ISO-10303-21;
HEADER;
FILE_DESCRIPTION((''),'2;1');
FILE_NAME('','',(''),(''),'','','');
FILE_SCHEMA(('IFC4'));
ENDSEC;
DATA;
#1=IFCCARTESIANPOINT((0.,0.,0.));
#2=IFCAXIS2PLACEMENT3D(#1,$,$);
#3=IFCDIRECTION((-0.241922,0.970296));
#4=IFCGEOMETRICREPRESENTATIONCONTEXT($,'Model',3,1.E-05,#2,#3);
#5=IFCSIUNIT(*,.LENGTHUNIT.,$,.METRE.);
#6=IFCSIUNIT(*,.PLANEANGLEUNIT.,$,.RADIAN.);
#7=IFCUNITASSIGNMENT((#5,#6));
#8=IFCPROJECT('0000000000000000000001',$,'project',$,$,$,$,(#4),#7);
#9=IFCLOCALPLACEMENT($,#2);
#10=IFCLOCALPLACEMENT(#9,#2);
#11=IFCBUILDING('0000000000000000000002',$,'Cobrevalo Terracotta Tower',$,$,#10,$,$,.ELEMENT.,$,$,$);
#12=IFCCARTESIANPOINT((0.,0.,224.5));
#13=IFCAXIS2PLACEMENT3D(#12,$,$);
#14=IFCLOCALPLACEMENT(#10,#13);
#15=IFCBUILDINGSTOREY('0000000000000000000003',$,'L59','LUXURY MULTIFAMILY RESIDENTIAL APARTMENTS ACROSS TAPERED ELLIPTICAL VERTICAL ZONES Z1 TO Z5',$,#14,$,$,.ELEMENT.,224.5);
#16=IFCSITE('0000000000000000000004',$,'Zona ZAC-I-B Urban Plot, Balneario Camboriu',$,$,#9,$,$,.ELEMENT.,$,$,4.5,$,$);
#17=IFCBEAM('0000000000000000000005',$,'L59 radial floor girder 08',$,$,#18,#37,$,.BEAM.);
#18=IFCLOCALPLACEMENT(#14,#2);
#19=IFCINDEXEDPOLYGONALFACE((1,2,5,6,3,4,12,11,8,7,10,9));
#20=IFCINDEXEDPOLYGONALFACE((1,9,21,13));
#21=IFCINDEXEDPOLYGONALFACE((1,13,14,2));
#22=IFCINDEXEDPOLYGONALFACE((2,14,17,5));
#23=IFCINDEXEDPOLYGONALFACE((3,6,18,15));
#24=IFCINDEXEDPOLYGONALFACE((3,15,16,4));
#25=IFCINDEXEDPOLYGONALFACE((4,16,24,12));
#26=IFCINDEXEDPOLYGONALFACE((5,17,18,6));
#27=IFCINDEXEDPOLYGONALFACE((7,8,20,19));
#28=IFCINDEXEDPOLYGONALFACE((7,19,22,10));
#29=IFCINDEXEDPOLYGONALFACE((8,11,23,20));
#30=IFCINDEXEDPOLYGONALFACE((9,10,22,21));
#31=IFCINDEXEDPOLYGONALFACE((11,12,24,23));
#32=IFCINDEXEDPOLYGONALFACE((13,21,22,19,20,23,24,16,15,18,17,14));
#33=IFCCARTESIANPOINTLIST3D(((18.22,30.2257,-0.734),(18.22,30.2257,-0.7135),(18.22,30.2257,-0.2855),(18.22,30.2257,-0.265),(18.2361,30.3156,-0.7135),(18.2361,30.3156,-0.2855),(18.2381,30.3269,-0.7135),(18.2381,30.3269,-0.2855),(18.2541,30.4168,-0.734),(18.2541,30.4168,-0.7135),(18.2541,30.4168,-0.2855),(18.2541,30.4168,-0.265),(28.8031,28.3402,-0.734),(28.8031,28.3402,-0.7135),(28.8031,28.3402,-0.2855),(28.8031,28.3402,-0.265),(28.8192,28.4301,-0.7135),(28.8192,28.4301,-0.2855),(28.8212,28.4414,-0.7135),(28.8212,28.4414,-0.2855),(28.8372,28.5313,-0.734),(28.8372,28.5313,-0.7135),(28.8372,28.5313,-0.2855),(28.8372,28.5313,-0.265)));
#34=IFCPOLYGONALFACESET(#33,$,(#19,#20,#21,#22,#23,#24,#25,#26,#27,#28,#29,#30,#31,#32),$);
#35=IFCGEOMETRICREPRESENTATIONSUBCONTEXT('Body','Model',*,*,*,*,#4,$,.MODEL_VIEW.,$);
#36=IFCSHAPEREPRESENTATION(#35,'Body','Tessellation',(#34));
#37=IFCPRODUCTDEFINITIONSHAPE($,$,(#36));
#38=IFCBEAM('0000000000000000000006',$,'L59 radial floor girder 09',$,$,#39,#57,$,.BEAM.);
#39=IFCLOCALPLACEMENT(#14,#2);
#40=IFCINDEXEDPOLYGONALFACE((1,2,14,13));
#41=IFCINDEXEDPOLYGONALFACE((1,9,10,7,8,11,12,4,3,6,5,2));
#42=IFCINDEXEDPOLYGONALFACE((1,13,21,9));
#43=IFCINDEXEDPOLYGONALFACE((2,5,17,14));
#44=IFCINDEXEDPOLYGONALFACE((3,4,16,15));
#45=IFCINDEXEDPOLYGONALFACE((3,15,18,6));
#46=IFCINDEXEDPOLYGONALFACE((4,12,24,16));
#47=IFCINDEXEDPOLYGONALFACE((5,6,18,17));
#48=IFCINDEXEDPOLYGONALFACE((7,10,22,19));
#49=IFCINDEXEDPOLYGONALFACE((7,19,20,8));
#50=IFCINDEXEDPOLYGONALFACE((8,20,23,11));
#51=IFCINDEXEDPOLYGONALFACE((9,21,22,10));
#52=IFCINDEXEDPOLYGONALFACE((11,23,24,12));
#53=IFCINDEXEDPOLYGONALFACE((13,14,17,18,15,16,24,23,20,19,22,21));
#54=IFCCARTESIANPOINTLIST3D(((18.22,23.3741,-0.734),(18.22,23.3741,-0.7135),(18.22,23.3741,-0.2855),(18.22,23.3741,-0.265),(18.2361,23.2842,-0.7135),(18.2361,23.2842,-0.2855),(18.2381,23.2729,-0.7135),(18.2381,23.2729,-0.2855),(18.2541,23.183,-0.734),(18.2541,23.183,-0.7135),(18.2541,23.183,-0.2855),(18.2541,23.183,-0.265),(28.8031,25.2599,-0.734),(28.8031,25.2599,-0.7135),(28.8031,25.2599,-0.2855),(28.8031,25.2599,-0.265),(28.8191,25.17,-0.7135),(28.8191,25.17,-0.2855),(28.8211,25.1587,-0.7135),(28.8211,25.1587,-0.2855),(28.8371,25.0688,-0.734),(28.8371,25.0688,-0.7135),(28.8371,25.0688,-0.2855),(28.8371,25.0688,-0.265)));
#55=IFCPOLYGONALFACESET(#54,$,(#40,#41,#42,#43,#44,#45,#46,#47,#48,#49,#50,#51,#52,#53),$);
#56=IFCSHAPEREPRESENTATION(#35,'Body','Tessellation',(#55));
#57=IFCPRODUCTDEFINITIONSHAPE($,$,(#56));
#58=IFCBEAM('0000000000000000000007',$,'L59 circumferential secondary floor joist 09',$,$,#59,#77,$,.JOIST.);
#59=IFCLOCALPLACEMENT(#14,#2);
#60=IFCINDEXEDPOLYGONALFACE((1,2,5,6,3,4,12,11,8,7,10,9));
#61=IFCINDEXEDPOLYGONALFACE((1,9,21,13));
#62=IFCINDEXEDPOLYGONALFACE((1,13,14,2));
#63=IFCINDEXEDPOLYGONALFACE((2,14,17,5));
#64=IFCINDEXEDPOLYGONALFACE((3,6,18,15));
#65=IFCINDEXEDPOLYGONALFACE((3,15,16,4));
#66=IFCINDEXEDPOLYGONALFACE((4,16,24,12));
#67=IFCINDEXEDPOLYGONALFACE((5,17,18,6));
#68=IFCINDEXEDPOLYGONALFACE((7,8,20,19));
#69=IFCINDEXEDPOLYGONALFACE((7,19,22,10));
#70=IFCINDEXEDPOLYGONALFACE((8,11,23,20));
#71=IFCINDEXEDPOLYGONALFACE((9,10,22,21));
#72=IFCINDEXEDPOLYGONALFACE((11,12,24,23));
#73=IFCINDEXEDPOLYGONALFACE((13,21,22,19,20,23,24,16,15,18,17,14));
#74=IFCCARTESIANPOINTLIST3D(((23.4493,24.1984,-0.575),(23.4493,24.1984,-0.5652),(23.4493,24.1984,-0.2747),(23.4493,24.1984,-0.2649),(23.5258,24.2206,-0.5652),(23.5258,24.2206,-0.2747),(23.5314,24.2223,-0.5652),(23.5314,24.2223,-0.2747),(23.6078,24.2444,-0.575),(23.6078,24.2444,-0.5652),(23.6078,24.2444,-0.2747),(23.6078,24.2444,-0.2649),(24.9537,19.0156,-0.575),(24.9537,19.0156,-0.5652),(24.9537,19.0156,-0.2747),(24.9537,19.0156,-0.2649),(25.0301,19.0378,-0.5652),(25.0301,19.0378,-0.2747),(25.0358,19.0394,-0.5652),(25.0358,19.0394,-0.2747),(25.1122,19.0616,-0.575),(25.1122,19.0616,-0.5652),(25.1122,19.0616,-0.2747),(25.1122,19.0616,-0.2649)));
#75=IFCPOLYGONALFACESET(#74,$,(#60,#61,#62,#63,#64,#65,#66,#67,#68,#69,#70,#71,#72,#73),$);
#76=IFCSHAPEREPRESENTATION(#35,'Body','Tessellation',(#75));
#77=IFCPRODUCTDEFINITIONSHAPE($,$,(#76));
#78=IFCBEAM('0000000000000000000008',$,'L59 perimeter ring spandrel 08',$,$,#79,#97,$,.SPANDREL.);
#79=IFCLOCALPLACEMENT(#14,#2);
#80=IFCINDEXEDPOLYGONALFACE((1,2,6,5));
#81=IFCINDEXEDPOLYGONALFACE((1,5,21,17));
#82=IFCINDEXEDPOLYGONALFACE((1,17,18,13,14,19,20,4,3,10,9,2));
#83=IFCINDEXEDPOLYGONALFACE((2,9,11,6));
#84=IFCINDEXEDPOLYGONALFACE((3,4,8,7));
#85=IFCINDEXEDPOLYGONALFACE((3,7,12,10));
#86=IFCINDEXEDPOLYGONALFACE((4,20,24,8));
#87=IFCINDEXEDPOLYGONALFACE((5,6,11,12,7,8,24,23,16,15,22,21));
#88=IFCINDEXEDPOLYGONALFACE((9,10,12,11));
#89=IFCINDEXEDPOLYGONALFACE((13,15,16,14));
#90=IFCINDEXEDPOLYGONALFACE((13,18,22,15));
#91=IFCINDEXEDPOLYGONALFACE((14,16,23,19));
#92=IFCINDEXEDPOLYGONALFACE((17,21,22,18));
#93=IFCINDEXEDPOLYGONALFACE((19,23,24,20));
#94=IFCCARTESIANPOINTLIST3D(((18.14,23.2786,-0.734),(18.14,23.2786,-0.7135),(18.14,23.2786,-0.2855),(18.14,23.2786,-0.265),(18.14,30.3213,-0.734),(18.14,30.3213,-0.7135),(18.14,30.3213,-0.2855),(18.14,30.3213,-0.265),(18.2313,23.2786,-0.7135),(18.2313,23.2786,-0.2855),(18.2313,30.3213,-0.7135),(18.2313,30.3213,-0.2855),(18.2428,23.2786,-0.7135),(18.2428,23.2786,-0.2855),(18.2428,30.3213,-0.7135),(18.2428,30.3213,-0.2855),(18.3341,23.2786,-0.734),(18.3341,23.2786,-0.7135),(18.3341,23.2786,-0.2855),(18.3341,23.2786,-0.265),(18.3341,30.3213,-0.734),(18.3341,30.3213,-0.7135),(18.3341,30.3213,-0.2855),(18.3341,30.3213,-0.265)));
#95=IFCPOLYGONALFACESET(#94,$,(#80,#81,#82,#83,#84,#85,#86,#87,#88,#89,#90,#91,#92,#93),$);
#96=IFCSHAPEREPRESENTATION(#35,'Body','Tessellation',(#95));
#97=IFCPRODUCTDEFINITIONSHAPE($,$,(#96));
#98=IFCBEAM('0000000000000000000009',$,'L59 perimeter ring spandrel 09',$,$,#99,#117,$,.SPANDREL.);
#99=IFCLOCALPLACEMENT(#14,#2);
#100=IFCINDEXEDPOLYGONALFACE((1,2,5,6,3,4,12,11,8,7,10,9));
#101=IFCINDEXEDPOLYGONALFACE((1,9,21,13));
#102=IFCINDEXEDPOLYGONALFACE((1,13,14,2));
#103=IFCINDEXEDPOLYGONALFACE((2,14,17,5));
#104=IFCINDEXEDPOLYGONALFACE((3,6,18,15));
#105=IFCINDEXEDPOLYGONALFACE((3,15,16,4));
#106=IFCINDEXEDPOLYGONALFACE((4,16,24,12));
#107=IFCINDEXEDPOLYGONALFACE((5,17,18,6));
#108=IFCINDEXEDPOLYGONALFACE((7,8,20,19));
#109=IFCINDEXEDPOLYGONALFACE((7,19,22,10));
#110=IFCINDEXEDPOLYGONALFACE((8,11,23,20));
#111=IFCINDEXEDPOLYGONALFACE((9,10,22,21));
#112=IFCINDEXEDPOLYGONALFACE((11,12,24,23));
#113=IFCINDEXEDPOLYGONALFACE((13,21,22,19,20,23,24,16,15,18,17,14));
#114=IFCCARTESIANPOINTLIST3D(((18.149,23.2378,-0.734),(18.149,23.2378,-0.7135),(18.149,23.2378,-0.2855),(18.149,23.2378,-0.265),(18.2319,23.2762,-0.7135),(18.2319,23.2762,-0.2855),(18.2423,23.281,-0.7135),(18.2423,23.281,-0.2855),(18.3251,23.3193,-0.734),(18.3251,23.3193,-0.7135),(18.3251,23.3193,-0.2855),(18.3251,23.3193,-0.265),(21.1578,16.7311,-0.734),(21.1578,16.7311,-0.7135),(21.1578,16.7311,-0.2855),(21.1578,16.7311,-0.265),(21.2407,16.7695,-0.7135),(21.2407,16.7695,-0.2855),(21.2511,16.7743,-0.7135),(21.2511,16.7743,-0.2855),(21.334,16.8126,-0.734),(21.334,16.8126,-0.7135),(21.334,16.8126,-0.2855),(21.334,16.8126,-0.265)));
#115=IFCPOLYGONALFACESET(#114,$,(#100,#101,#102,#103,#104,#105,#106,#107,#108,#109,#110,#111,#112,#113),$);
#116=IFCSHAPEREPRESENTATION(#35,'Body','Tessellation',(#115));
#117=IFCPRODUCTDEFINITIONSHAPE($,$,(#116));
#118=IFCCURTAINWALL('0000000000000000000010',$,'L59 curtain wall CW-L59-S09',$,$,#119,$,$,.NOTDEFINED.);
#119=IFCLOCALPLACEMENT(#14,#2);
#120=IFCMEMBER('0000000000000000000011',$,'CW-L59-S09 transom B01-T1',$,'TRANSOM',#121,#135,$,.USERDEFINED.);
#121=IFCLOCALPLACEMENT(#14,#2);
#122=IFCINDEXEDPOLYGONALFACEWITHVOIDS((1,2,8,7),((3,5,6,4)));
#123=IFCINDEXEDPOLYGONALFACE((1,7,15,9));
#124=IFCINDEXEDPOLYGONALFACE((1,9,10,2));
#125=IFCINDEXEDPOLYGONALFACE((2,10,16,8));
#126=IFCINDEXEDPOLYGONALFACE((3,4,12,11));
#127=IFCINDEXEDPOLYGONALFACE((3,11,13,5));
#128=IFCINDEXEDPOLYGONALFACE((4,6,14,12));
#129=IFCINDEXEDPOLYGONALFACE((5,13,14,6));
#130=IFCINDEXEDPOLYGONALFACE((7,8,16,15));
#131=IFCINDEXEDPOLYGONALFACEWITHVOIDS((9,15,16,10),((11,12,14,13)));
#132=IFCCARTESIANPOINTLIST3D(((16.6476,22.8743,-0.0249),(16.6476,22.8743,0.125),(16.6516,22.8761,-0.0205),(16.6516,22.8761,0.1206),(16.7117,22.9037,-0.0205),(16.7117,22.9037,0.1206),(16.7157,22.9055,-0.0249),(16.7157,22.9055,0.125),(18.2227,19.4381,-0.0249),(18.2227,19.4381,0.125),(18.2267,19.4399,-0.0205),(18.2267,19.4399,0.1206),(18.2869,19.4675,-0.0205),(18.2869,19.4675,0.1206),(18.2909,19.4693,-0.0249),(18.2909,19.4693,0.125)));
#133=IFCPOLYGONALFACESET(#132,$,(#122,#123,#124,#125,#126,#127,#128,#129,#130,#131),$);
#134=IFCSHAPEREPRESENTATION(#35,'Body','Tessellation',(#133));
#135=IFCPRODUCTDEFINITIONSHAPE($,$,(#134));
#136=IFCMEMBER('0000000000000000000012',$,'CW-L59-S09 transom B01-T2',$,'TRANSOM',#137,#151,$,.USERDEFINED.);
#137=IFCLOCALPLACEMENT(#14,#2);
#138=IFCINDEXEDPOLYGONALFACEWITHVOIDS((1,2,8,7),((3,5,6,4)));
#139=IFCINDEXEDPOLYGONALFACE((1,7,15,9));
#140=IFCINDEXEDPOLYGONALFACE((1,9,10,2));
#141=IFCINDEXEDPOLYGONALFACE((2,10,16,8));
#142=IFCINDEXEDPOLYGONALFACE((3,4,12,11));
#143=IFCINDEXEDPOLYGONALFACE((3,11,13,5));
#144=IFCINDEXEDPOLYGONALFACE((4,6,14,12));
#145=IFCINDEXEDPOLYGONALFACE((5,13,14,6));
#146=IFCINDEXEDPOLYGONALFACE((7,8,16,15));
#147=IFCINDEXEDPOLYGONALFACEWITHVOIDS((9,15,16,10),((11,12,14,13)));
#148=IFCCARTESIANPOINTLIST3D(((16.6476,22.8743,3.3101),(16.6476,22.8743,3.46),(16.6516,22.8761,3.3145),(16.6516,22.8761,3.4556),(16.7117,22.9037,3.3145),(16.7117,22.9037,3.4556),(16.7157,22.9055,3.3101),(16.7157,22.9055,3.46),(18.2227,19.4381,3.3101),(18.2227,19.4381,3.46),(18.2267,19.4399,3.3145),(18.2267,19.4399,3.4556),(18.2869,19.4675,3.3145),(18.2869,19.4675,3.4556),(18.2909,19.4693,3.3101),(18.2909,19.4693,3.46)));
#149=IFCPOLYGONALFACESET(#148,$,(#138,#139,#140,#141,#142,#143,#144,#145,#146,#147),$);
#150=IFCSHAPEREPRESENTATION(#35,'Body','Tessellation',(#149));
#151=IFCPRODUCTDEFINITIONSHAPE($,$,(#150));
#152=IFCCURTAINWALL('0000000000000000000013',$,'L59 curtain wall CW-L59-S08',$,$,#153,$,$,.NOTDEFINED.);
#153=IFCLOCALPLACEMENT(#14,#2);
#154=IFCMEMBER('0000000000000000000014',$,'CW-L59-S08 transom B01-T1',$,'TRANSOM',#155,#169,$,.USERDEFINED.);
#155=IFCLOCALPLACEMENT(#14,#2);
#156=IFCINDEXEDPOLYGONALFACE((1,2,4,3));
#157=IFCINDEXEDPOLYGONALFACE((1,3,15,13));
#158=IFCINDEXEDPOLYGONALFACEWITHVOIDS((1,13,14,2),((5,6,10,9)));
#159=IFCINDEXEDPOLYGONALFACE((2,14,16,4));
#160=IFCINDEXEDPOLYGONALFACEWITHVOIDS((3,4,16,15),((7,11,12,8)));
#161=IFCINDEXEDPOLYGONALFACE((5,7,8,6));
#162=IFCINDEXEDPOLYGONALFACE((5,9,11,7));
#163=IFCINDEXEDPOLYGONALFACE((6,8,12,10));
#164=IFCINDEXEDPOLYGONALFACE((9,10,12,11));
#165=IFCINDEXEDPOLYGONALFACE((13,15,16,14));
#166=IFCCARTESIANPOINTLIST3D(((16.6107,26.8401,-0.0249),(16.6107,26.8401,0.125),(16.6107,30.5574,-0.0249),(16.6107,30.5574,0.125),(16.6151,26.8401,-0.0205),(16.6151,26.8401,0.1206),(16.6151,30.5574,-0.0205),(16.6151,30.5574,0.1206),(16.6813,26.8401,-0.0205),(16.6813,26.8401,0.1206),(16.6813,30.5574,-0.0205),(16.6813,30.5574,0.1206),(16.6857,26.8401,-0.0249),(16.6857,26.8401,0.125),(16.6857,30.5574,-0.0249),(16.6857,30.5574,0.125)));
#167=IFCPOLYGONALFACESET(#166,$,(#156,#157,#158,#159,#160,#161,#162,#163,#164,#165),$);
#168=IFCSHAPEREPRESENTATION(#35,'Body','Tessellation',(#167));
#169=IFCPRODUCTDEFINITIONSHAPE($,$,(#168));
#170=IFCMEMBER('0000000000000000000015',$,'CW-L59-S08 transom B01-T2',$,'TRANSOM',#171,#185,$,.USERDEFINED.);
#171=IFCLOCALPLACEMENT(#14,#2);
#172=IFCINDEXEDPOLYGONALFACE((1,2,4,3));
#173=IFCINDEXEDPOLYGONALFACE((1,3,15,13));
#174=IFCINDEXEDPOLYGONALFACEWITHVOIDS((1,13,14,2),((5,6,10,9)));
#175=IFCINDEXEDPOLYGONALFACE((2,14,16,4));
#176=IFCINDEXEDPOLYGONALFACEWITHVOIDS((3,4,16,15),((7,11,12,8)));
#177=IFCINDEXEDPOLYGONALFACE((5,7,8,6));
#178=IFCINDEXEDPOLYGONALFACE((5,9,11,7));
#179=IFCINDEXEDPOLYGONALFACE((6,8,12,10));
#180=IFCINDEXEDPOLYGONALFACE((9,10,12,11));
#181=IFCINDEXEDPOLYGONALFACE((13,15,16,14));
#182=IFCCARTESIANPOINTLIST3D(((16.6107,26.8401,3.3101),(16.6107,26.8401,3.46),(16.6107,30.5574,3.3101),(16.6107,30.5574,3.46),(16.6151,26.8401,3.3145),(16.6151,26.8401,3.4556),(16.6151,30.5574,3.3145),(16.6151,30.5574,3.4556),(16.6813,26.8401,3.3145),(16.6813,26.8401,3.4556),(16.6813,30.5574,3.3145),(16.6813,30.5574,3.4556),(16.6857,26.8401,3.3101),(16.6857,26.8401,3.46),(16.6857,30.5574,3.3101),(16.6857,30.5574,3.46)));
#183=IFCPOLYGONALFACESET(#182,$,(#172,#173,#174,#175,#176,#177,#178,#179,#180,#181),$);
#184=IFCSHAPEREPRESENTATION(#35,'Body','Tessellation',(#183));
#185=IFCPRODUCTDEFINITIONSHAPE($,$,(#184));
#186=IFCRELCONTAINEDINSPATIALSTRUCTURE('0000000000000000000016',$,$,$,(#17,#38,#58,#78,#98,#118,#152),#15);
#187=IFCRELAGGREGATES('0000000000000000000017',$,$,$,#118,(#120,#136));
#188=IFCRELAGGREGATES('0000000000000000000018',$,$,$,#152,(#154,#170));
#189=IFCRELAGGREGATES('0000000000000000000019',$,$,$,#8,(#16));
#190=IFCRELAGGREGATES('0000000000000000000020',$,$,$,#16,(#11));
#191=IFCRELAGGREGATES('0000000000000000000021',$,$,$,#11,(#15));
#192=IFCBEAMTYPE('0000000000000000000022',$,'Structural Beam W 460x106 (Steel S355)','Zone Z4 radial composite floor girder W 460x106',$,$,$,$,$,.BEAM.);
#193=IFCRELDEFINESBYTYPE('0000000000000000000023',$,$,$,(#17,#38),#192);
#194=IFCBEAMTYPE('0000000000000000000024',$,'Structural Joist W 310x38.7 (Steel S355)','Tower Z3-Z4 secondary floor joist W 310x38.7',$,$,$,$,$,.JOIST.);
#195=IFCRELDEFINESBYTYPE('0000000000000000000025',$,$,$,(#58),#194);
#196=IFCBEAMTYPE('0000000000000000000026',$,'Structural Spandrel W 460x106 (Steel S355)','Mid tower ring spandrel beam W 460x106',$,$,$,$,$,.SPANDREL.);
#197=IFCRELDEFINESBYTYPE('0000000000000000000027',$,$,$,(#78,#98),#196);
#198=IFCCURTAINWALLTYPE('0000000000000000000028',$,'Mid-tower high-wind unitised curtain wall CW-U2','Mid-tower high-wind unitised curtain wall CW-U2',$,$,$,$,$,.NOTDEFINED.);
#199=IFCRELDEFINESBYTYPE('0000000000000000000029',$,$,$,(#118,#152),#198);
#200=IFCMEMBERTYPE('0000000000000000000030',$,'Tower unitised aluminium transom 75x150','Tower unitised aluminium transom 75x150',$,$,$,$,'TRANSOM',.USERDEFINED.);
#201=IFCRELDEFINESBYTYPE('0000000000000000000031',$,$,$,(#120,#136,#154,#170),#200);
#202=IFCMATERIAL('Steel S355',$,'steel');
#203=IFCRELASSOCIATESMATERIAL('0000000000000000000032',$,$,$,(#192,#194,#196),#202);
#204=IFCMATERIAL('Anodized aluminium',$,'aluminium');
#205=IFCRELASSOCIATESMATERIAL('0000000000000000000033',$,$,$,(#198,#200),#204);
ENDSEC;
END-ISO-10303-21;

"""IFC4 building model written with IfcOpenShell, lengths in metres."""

from ifc_helpers import new_model, si_unit, direction, frame, origin, origin_2d, place, context, subcontext, project, spatial, hollow_rectangle, i_section, extrude, source, transform, mapped, material, material_profile, profile_set, type_object, element, aggregate, save


model = new_model("IFC4")

# Units and contexts
model_context = context("Model", 3, precision=1e-05, world=origin(), true_north=direction((-0.241922, 0.970296)))
body_context = subcontext(model_context, "Body", "Model", "MODEL_VIEW")
ifc_project = project(units=[si_unit("LENGTHUNIT", "METRE"), si_unit("PLANEANGLEUNIT", "RADIAN")], contexts=[model_context])

# Site, building, storey
site_placement = place(None, origin())
site = spatial("IfcSite", under=ifc_project, at=site_placement, Name="Zona ZAC-I-B Urban Plot, Balneario Camboriu", CompositionType="ELEMENT", RefElevation=4.5)
building_placement = place(site_placement, origin())
building = spatial("IfcBuilding", under=site, at=building_placement, Name="Cobrevalo Terracotta Tower", CompositionType="ELEMENT")
storey_placement = place(building_placement, frame((0.0, 0.0, 224.5)))
storey = spatial("IfcBuildingStorey", under=building, at=storey_placement, Name="L59", Description="LUXURY MULTIFAMILY RESIDENTIAL APARTMENTS ACROSS TAPERED ELLIPTICAL VERTICAL ZONES Z1 TO Z5", CompositionType="ELEMENT", Elevation=224.5)

# Shared definitions
ifc_material_1 = material(Name="Steel S355", Category="steel")

# Beams
ifc_material_profile_1 = material_profile(ifc_material_1, i_section(OverallWidth=0.1941, OverallDepth=0.469, WebThickness=0.0115, FlangeThickness=0.0205, at=origin_2d()), Name="W 460x106")
ifc_profile_set_1 = profile_set([ifc_material_profile_1], Name="Steel S355")
beam_type_1 = type_object("IfcBeamType", Name="Structural Beam W 460x106 (Steel S355)", Description="Zone Z4 radial composite floor girder W 460x106", PredefinedType="BEAM", material=ifc_profile_set_1)
for number, where, z_axis, x_axis, name in (
    (1, (18.2371, 30.3213, -0.4995), (0.984497, -0.175401, 0.0), (0.175401, 0.984497, 0.0), "L59 radial floor girder 08"),
    (2, (18.2371, 23.2786, -0.4995), (0.984493, 0.175423, 0.0), (-0.175423, 0.984493, 0.0), "L59 radial floor girder 09"),
):
    element("IfcBeam", number, at=place(storey_placement, frame(where, z_axis=z_axis, x_axis=x_axis)), inside=storey, type_object=beam_type_1, Name=name, PredefinedType="BEAM", context=body_context, shape_type="SweptSolid", body=[
        extrude(i_section(OverallWidth=0.1941, OverallDepth=0.469, WebThickness=0.0115, FlangeThickness=0.0205, at=origin_2d()), origin(), (0.0, 0.0, 1.0), 10.7498),
    ])
ifc_material_profile_2 = material_profile(ifc_material_1, i_section(OverallWidth=0.165, OverallDepth=0.3101, WebThickness=0.0059, FlangeThickness=0.0098, at=origin_2d()), Name="W 310x38.7")
ifc_profile_set_2 = profile_set([ifc_material_profile_2], Name="Steel S355")
beam_type_2 = type_object("IfcBeamType", Name="Structural Joist W 310x38.7 (Steel S355)", Description="Tower Z3-Z4 secondary floor joist W 310x38.7", PredefinedType="JOIST", material=ifc_profile_set_2)
beam_1_placement = place(storey_placement, frame((23.5286, 24.2214, -0.4199), z_axis=(0.278758, -0.960361, 0.0), x_axis=(0.960361, 0.278758, 0.0)))
element("IfcBeam", 3, at=beam_1_placement, inside=storey, type_object=beam_type_2, Name="L59 circumferential secondary floor joist 09", PredefinedType="JOIST", context=body_context, shape_type="SweptSolid", body=[
    extrude(i_section(OverallWidth=0.165, OverallDepth=0.3101, WebThickness=0.0059, FlangeThickness=0.0098, at=origin_2d()), origin(), (0.0, 0.0, 1.0), 5.3967),
])
ifc_material_profile_3 = material_profile(ifc_material_1, i_section(OverallWidth=0.1941, OverallDepth=0.469, WebThickness=0.0115, FlangeThickness=0.0205, at=origin_2d()), Name="W 460x106")
ifc_profile_set_3 = profile_set([ifc_material_profile_3], Name="Steel S355")
beam_type_3 = type_object("IfcBeamType", Name="Structural Spandrel W 460x106 (Steel S355)", Description="Mid tower ring spandrel beam W 460x106", PredefinedType="SPANDREL", material=ifc_profile_set_3)
beam_2_placement = place(storey_placement, frame((18.2371, 30.3213, -0.4995), z_axis=(0.0, -1.0, 0.0), x_axis=(1.0, 0.0, 0.0)))
element("IfcBeam", 4, at=beam_2_placement, inside=storey, type_object=beam_type_3, Name="L59 perimeter ring spandrel 08", PredefinedType="SPANDREL", context=body_context, shape_type="SweptSolid", body=[
    extrude(i_section(OverallWidth=0.1941, OverallDepth=0.469, WebThickness=0.0115, FlangeThickness=0.0205, at=origin_2d()), origin(), (0.0, 0.0, 1.0), 7.0427),
])
beam_3_placement = place(storey_placement, frame((18.2371, 23.2786, -0.4995), z_axis=(0.419719, -0.907654, 0.0), x_axis=(0.907654, 0.419719, 0.0)))
element("IfcBeam", 5, at=beam_3_placement, inside=storey, type_object=beam_type_3, Name="L59 perimeter ring spandrel 09", PredefinedType="SPANDREL", context=body_context, shape_type="SweptSolid", body=[
    extrude(i_section(OverallWidth=0.1941, OverallDepth=0.469, WebThickness=0.0115, FlangeThickness=0.0205, at=origin_2d()), origin(), (0.0, 0.0, 1.0), 7.1687),
])

# Curtain walls, members
ifc_material_2 = material(Name="Anodized aluminium", Category="aluminium")
curtain_wall_type = type_object("IfcCurtainWallType", Name="Mid-tower high-wind unitised curtain wall CW-U2", Description="Mid-tower high-wind unitised curtain wall CW-U2", PredefinedType="NOTDEFINED", material=ifc_material_2)
curtain_wall_1_placement = place(storey_placement, origin())
curtain_wall_1 = element("IfcCurtainWall", 6, at=curtain_wall_1_placement, inside=storey, type_object=curtain_wall_type, Name="L59 curtain wall CW-L59-S09", PredefinedType="NOTDEFINED")
ifc_material_profile_4 = material_profile(ifc_material_2, hollow_rectangle(XDim=0.075, YDim=0.1499, WallThickness=0.0044, at=origin_2d()), Name="CWT 75x150")
ifc_profile_set_4 = profile_set([ifc_material_profile_4], Name="Anodized aluminium")
member_type_1 = type_object("IfcMemberType", Name="Tower unitised aluminium transom 75x150", Description="Tower unitised aluminium transom 75x150", ElementType="TRANSOM", PredefinedType="USERDEFINED", material=ifc_profile_set_4)
shared_shape_1 = source(origin(), body_context, "Body", "SweptSolid", [
    extrude(hollow_rectangle(XDim=0.075, YDim=0.1499, WallThickness=0.0044, at=origin_2d()), origin(), (0.0, 0.0, 1.0), 3.78),
])
member_1_placement = place(storey_placement, frame((16.6816, 22.8899, 0.05), z_axis=(0.416706, -0.909041, 0.0), x_axis=(0.909041, 0.416706, 0.0)))
member_1 = element("IfcMember", 7, at=member_1_placement, type_object=member_type_1, Name="CW-L59-S09 transom B01-T1", ObjectType="TRANSOM", PredefinedType="USERDEFINED", context=body_context, shape_type="MappedRepresentation", body=[
    mapped(shared_shape_1, transform((0.0, 0.0, 0.0), scale=1.0)),
])
member_2_placement = place(storey_placement, frame((16.6816, 22.8899, 3.385), z_axis=(0.416706, -0.909041, 0.0), x_axis=(0.909041, 0.416706, 0.0)))
member_2 = element("IfcMember", 8, at=member_2_placement, type_object=member_type_1, Name="CW-L59-S09 transom B01-T2", ObjectType="TRANSOM", PredefinedType="USERDEFINED", context=body_context, shape_type="MappedRepresentation", body=[
    mapped(shared_shape_1, transform((0.0, 0.0, 0.0), scale=1.0)),
])
curtain_wall_2_placement = place(storey_placement, origin())
curtain_wall_2 = element("IfcCurtainWall", 9, at=curtain_wall_2_placement, inside=storey, type_object=curtain_wall_type, Name="L59 curtain wall CW-L59-S08", PredefinedType="NOTDEFINED")
shared_shape_2 = source(origin(), body_context, "Body", "SweptSolid", [
    extrude(hollow_rectangle(XDim=0.075, YDim=0.1499, WallThickness=0.0044, at=origin_2d()), origin(), (0.0, 0.0, 1.0), 3.7173),
])
member_3_placement = place(storey_placement, frame((16.6482, 30.5574, 0.05), z_axis=(0.0, -1.0, 0.0), x_axis=(1.0, 0.0, 0.0)))
member_3 = element("IfcMember", 10, at=member_3_placement, type_object=member_type_1, Name="CW-L59-S08 transom B01-T1", ObjectType="TRANSOM", PredefinedType="USERDEFINED", context=body_context, shape_type="MappedRepresentation", body=[
    mapped(shared_shape_2, transform((0.0, 0.0, 0.0), scale=1.0)),
])
member_4_placement = place(storey_placement, frame((16.6482, 30.5574, 3.385), z_axis=(0.0, -1.0, 0.0), x_axis=(1.0, 0.0, 0.0)))
member_4 = element("IfcMember", 11, at=member_4_placement, type_object=member_type_1, Name="CW-L59-S08 transom B01-T2", ObjectType="TRANSOM", PredefinedType="USERDEFINED", context=body_context, shape_type="MappedRepresentation", body=[
    mapped(shared_shape_2, transform((0.0, 0.0, 0.0), scale=1.0)),
])

aggregate(curtain_wall_1, [member_1, member_2])

aggregate(curtain_wall_2, [member_3, member_4])

save(model, "model.ifc")
